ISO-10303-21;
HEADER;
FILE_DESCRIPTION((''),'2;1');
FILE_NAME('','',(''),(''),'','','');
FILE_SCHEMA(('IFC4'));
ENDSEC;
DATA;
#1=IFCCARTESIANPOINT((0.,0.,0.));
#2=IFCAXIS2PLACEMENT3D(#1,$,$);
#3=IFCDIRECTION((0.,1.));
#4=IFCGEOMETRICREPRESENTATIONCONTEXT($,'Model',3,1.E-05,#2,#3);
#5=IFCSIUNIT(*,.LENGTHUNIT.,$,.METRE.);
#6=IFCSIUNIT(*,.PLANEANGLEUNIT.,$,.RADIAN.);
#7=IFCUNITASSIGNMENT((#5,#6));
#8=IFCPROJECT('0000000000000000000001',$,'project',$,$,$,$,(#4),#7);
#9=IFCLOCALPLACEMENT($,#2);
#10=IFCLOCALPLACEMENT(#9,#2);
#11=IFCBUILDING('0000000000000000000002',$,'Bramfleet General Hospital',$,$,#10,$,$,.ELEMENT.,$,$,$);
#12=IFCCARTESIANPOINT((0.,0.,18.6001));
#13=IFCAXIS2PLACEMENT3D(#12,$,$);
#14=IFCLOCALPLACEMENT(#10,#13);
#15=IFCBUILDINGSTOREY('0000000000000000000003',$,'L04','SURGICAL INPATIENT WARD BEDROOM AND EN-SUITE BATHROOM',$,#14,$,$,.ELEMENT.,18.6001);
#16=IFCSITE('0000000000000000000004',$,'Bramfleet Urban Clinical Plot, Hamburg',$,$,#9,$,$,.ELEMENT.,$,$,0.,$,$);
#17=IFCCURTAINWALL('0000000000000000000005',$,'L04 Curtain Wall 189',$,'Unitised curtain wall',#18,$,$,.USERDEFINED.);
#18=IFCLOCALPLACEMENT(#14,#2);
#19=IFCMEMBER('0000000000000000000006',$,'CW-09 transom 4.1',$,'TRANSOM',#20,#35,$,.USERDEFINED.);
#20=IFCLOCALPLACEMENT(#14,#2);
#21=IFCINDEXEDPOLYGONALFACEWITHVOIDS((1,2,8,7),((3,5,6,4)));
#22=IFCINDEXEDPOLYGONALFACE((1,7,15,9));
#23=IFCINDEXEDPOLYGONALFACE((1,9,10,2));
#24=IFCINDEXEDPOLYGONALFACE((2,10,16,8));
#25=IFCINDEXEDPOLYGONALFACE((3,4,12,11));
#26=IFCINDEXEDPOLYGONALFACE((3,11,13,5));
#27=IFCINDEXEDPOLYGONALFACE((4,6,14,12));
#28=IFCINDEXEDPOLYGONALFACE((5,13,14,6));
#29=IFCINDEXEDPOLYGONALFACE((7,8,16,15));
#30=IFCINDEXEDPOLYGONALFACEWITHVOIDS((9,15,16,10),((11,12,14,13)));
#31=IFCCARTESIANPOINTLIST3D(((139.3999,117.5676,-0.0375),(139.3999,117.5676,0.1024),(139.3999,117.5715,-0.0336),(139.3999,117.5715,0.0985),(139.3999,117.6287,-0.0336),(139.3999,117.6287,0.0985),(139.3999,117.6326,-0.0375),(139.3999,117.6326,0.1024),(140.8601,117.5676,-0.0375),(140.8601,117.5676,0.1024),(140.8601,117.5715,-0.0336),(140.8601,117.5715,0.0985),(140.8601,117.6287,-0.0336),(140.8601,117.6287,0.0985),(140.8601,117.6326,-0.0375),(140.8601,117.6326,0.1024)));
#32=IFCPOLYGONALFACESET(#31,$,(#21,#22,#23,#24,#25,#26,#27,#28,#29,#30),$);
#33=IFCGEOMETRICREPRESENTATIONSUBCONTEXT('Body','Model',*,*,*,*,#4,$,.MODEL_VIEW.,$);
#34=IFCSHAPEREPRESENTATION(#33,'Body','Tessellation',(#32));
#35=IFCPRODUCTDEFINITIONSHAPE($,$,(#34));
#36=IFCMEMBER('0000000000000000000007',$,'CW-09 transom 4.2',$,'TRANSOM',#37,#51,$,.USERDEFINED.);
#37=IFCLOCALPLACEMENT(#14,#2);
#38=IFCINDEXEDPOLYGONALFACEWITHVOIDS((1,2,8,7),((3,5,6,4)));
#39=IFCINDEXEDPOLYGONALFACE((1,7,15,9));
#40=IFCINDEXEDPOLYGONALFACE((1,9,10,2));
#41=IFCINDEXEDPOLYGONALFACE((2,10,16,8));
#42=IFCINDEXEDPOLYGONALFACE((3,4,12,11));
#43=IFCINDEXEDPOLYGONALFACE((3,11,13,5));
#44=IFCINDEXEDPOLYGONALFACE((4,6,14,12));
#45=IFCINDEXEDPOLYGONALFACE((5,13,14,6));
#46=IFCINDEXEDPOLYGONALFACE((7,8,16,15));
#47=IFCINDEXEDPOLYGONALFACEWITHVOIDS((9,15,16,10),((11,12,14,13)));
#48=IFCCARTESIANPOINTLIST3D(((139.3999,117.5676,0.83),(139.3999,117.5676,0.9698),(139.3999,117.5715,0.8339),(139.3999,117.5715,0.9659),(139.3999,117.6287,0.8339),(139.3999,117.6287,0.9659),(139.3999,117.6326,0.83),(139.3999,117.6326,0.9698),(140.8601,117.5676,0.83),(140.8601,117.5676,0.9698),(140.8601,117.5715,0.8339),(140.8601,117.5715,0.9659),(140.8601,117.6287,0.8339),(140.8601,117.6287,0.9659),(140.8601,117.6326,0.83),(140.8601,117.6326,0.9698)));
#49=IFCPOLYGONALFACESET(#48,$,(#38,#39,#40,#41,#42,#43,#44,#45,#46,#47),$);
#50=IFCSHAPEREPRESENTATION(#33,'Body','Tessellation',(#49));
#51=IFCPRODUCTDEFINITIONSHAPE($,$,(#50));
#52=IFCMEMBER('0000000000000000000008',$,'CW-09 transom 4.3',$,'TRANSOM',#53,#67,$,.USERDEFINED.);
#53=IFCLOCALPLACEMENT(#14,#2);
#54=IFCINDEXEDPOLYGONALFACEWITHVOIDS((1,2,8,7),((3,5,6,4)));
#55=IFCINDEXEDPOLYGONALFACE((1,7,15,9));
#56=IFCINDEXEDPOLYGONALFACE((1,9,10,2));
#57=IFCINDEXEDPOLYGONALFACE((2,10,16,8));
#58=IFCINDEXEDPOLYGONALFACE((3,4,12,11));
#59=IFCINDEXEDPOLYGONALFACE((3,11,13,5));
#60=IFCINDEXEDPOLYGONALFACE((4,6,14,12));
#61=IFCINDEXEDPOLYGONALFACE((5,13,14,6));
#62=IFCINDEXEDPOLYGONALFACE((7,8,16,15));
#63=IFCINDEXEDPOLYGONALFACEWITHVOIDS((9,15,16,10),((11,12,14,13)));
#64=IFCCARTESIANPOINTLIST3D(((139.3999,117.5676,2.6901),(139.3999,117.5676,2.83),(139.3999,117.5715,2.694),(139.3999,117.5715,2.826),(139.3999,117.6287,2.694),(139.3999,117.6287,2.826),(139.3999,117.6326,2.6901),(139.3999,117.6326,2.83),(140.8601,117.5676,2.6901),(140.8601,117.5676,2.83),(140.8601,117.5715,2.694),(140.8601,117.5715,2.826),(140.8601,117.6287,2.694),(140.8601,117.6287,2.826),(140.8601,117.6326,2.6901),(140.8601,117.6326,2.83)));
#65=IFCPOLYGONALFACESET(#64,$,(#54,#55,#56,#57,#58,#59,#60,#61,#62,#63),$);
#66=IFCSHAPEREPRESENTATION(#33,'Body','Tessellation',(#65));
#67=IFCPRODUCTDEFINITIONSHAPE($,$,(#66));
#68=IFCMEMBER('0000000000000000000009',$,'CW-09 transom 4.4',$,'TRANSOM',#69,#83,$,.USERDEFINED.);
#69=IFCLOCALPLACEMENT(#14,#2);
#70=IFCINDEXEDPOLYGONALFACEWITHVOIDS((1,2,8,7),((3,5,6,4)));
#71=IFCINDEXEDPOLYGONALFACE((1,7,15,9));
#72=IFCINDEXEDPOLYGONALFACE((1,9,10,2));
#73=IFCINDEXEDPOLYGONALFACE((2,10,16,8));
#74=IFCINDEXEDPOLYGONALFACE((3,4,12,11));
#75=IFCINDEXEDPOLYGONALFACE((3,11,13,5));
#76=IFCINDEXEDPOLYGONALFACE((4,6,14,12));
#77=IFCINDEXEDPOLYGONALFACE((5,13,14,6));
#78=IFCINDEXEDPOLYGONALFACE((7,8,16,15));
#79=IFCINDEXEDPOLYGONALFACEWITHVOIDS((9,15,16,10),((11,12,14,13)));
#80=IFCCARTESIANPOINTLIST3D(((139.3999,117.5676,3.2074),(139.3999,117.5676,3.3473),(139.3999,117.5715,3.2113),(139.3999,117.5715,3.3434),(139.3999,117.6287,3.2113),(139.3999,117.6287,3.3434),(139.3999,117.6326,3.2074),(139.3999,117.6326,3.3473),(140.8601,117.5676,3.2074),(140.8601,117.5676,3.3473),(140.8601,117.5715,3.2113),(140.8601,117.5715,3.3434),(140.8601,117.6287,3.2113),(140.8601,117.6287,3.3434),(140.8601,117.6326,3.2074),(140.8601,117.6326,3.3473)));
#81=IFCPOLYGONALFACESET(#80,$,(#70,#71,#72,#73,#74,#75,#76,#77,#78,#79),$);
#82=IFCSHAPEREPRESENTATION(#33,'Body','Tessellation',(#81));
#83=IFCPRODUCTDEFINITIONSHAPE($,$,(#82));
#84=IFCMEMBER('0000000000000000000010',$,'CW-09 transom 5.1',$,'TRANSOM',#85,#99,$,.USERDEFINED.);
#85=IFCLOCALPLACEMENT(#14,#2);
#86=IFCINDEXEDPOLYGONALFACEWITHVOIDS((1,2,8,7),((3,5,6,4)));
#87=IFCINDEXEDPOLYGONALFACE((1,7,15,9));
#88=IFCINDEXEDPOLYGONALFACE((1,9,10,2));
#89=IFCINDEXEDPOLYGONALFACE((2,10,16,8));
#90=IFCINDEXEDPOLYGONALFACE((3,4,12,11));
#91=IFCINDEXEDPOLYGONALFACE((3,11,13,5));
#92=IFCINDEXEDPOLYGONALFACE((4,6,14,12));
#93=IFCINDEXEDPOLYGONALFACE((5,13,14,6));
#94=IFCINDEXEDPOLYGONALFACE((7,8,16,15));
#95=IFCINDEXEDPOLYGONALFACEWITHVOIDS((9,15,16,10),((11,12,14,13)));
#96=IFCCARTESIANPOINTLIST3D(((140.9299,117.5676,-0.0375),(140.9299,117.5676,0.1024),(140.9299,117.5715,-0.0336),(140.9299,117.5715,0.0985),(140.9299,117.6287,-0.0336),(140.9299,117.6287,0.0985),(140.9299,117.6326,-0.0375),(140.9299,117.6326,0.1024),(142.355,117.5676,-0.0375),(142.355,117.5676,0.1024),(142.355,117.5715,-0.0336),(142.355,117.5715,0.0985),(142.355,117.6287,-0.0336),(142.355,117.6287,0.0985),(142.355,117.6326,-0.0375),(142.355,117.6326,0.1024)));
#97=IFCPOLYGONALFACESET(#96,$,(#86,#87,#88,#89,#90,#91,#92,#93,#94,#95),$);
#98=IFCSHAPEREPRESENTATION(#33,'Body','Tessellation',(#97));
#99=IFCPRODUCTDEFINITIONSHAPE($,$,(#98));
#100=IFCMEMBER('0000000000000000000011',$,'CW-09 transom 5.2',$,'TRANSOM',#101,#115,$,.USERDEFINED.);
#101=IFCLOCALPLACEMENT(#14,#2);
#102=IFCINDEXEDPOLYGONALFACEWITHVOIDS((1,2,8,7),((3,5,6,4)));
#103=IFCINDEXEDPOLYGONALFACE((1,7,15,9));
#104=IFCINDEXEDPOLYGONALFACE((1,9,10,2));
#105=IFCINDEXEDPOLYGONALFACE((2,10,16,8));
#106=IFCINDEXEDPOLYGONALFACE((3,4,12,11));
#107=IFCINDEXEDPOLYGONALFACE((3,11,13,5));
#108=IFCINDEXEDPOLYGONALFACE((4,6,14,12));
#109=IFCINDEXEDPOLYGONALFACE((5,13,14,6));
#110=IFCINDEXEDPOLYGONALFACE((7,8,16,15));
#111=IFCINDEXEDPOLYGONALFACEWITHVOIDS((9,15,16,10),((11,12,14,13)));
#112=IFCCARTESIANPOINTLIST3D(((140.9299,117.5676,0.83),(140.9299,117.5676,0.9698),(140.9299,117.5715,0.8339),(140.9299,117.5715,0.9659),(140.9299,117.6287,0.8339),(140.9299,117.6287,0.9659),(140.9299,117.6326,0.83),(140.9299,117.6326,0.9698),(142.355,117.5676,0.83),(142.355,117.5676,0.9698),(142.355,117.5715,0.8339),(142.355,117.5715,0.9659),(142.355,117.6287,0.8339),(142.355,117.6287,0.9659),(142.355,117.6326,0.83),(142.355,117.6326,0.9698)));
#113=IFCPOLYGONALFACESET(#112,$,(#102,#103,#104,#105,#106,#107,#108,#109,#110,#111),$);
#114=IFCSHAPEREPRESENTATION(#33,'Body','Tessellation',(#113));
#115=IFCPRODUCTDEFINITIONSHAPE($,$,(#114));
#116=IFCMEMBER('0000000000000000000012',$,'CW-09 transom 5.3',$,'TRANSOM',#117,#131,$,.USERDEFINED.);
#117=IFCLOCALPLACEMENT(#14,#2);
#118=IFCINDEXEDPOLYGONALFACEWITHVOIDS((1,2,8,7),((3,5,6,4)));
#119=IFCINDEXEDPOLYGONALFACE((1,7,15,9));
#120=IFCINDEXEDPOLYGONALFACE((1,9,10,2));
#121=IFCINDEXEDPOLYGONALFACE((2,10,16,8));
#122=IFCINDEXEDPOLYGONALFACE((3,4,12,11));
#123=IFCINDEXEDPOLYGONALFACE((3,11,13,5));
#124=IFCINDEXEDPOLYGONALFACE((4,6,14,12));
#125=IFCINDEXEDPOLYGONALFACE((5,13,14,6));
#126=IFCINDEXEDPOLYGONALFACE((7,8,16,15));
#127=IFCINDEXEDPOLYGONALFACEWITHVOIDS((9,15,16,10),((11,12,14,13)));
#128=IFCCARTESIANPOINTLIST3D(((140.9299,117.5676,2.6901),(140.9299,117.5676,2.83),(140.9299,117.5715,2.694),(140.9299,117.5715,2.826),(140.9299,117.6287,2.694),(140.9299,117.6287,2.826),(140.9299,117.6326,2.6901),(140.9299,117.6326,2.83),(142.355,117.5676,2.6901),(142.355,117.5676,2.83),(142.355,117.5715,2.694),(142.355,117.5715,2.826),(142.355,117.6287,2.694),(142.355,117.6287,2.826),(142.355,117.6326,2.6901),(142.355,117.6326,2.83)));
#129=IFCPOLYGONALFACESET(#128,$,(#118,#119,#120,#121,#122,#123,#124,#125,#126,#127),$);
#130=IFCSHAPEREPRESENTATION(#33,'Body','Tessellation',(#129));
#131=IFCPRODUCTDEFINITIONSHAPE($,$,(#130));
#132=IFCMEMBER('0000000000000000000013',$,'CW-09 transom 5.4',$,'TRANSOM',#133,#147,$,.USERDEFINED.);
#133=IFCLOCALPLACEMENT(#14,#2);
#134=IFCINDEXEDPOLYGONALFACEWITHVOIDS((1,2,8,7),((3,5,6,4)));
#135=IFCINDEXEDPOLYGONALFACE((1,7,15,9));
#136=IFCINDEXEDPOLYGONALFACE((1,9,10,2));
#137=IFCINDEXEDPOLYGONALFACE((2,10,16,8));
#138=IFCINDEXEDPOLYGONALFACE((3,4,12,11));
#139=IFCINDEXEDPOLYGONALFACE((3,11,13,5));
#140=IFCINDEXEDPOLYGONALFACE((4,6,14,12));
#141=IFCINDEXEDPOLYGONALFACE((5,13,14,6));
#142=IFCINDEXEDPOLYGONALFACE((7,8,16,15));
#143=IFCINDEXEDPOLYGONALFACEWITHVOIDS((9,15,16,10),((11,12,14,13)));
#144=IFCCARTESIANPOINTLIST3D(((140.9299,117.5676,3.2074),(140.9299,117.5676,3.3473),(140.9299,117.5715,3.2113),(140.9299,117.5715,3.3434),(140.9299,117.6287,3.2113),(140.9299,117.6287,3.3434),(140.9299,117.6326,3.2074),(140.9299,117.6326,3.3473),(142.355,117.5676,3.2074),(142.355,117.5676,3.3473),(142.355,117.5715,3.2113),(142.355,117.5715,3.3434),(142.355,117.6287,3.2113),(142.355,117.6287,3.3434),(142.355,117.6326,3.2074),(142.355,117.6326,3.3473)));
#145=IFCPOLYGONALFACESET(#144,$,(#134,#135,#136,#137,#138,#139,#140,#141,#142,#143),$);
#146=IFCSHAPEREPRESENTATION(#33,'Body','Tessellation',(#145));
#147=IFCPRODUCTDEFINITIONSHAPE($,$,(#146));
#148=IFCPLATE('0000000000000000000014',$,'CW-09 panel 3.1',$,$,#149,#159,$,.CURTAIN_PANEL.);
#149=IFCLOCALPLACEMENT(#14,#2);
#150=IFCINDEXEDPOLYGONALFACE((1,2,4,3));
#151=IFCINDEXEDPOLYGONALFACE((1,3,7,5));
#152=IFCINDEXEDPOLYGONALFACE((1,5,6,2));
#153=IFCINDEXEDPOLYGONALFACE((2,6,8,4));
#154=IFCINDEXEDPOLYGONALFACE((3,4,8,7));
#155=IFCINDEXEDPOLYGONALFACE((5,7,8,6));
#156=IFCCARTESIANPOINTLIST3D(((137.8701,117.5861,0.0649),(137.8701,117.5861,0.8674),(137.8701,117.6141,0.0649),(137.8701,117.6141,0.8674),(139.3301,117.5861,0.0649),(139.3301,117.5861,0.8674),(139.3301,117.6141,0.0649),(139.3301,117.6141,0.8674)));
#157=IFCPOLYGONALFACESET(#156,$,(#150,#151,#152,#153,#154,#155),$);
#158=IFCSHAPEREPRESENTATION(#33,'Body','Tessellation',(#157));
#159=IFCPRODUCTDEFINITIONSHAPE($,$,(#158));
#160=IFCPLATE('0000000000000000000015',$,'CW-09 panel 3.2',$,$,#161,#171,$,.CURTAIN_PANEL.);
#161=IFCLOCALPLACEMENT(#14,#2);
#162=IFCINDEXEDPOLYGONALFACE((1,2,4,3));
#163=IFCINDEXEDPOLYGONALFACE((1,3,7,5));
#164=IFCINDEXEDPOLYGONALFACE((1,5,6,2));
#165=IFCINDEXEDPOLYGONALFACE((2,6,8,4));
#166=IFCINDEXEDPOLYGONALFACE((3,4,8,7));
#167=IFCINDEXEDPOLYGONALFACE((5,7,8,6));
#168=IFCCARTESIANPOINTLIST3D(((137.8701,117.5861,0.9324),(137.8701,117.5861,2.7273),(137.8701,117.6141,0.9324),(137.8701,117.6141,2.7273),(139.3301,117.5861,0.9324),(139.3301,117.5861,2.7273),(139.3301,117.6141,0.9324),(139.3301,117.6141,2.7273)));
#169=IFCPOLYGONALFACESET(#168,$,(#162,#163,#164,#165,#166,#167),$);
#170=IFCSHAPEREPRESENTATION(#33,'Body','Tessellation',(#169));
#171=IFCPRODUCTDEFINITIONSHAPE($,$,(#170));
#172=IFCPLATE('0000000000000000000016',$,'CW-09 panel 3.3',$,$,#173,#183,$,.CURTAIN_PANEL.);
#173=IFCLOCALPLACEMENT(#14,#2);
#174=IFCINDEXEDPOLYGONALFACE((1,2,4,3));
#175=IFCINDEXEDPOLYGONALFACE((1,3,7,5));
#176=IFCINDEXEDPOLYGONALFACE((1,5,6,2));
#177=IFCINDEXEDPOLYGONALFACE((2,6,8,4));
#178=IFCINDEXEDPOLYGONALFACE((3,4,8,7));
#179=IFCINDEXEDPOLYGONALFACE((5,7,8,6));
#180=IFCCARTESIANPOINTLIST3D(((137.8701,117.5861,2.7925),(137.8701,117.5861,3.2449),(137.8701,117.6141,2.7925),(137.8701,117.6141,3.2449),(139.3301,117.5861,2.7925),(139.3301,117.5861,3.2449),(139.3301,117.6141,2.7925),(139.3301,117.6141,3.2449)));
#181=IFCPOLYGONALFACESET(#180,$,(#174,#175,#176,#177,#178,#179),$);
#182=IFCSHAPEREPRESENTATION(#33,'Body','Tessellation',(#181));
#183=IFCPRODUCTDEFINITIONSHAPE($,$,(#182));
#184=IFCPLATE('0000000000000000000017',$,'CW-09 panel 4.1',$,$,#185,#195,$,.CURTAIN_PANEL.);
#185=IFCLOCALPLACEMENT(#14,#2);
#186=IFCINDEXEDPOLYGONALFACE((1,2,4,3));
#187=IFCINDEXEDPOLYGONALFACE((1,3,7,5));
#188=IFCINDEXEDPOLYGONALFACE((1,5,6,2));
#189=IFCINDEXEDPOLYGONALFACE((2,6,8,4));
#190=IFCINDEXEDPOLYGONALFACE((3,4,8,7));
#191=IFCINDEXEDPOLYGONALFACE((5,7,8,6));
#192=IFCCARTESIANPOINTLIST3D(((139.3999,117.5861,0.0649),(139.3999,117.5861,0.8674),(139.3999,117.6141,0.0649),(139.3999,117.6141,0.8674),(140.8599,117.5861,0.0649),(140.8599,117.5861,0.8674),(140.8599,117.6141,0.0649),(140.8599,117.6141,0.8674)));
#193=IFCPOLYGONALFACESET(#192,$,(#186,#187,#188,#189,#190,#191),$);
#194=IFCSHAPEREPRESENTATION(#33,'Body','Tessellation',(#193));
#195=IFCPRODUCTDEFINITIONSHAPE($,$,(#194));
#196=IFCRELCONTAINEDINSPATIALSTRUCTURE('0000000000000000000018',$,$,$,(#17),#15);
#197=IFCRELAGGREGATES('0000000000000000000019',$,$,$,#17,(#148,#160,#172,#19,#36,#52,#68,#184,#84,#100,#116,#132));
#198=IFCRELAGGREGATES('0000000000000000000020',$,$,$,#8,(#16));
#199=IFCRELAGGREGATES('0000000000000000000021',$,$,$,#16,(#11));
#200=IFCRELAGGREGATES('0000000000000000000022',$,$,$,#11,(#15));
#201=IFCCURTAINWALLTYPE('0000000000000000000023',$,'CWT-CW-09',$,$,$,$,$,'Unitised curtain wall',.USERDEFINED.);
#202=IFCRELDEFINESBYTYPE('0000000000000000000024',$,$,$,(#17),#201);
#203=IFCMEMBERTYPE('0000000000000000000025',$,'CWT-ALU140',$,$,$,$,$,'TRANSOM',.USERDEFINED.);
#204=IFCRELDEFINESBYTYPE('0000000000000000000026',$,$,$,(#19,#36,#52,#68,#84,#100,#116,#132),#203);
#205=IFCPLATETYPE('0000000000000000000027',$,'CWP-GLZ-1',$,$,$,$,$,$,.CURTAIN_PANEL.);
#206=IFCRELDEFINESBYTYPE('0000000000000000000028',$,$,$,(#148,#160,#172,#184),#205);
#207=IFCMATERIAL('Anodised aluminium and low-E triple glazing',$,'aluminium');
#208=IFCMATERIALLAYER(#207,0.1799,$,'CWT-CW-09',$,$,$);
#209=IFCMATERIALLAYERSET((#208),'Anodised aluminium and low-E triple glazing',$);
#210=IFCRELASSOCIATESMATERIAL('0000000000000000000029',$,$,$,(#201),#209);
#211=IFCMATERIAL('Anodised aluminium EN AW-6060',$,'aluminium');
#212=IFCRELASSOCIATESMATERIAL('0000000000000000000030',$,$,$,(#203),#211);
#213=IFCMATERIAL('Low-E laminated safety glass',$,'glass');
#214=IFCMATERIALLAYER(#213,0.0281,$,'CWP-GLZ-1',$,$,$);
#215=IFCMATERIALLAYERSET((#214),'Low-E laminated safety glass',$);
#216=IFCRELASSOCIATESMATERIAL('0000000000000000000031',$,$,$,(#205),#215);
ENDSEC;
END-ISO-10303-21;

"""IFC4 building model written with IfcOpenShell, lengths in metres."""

from ifc_helpers import new_model, si_unit, direction, frame, origin, origin_2d, place, context, subcontext, project, spatial, rectangle, hollow_rectangle, extrude, material, layer, layer_set, material_profile, profile_set, type_object, element, aggregate, save


model = new_model("IFC4")

# Units and contexts
model_context = context("Model", 3, precision=1e-05, world=origin(), true_north=direction((0.0, 1.0)))
body_context = subcontext(model_context, "Body", "Model", "MODEL_VIEW")
ifc_project = project(units=[si_unit("LENGTHUNIT", "METRE"), si_unit("PLANEANGLEUNIT", "RADIAN")], contexts=[model_context])

# Site, building, storey
site_placement = place(None, origin())
site = spatial("IfcSite", under=ifc_project, at=site_placement, Name="Bramfleet Urban Clinical Plot, Hamburg", CompositionType="ELEMENT", RefElevation=0.0)
building_placement = place(site_placement, origin())
building = spatial("IfcBuilding", under=site, at=building_placement, Name="Bramfleet General Hospital", CompositionType="ELEMENT")
storey_placement = place(building_placement, frame((0.0, 0.0, 18.6001)))
storey = spatial("IfcBuildingStorey", under=building, at=storey_placement, Name="L04", Description="SURGICAL INPATIENT WARD BEDROOM AND EN-SUITE BATHROOM", CompositionType="ELEMENT", Elevation=18.6001)

# Curtain wall, members, plates
ifc_material_1 = material(Name="Anodised aluminium and low-E triple glazing", Category="aluminium")
ifc_layer_1 = layer(ifc_material_1, 0.1799, Name="CWT-CW-09")
ifc_layer_set_1 = layer_set([ifc_layer_1], Name="Anodised aluminium and low-E triple glazing")
curtain_wall_type = type_object("IfcCurtainWallType", Name="CWT-CW-09", ElementType="Unitised curtain wall", PredefinedType="USERDEFINED", material=ifc_layer_set_1)
curtain_wall_placement = place(storey_placement, origin())
curtain_wall = element("IfcCurtainWall", 1, at=curtain_wall_placement, inside=storey, type_object=curtain_wall_type, Name="L04 Curtain Wall 189", ObjectType="Unitised curtain wall", PredefinedType="USERDEFINED")
ifc_material_2 = material(Name="Anodised aluminium EN AW-6060", Category="aluminium")
ifc_material_profile_1 = material_profile(ifc_material_2, hollow_rectangle(XDim=0.0649, YDim=0.1399, WallThickness=0.0039, at=origin_2d()), Name="ALU 140x65x4.0")
ifc_profile_set_1 = profile_set([ifc_material_profile_1], Name="Anodised aluminium EN AW-6060")
member_type_1 = type_object("IfcMemberType", Name="CWT-ALU140", ElementType="TRANSOM", PredefinedType="USERDEFINED", material=ifc_profile_set_1)
member_1_placement = place(storey_placement, frame((139.3999, 117.6001, 0.0325), z_axis=(1.0, 0.0, 0.0), x_axis=(0.0, 1.0, 0.0)))
member_1 = element("IfcMember", 2, at=member_1_placement, type_object=member_type_1, Name="CW-09 transom 4.1", ObjectType="TRANSOM", PredefinedType="USERDEFINED", context=body_context, shape_type="SweptSolid", body=[
    extrude(hollow_rectangle(XDim=0.0649, YDim=0.1399, WallThickness=0.0039, at=origin_2d()), origin(), (0.0, 0.0, 1.0), 1.4602),
])
member_2_placement = place(storey_placement, frame((139.3999, 117.6001, 0.8999), z_axis=(1.0, 0.0, 0.0), x_axis=(0.0, 1.0, 0.0)))
member_2 = element("IfcMember", 3, at=member_2_placement, type_object=member_type_1, Name="CW-09 transom 4.2", ObjectType="TRANSOM", PredefinedType="USERDEFINED", context=body_context, shape_type="SweptSolid", body=[
    extrude(hollow_rectangle(XDim=0.0649, YDim=0.1399, WallThickness=0.0039, at=origin_2d()), origin(), (0.0, 0.0, 1.0), 1.4602),
])
member_3_placement = place(storey_placement, frame((139.3999, 117.6001, 2.76), z_axis=(1.0, 0.0, 0.0), x_axis=(0.0, 1.0, 0.0)))
member_3 = element("IfcMember", 4, at=member_3_placement, type_object=member_type_1, Name="CW-09 transom 4.3", ObjectType="TRANSOM", PredefinedType="USERDEFINED", context=body_context, shape_type="SweptSolid", body=[
    extrude(hollow_rectangle(XDim=0.0649, YDim=0.1399, WallThickness=0.0039, at=origin_2d()), origin(), (0.0, 0.0, 1.0), 1.4602),
])
member_4_placement = place(storey_placement, frame((139.3999, 117.6001, 3.2773), z_axis=(1.0, 0.0, 0.0), x_axis=(0.0, 1.0, 0.0)))
member_4 = element("IfcMember", 5, at=member_4_placement, type_object=member_type_1, Name="CW-09 transom 4.4", ObjectType="TRANSOM", PredefinedType="USERDEFINED", context=body_context, shape_type="SweptSolid", body=[
    extrude(hollow_rectangle(XDim=0.0649, YDim=0.1399, WallThickness=0.0039, at=origin_2d()), origin(), (0.0, 0.0, 1.0), 1.4602),
])
member_5_placement = place(storey_placement, frame((140.9299, 117.6001, 0.0325), z_axis=(1.0, 0.0, 0.0), x_axis=(0.0, 1.0, 0.0)))
member_5 = element("IfcMember", 6, at=member_5_placement, type_object=member_type_1, Name="CW-09 transom 5.1", ObjectType="TRANSOM", PredefinedType="USERDEFINED", context=body_context, shape_type="SweptSolid", body=[
    extrude(hollow_rectangle(XDim=0.0649, YDim=0.1399, WallThickness=0.0039, at=origin_2d()), origin(), (0.0, 0.0, 1.0), 1.425),
])
member_6_placement = place(storey_placement, frame((140.9299, 117.6001, 0.8999), z_axis=(1.0, 0.0, 0.0), x_axis=(0.0, 1.0, 0.0)))
member_6 = element("IfcMember", 7, at=member_6_placement, type_object=member_type_1, Name="CW-09 transom 5.2", ObjectType="TRANSOM", PredefinedType="USERDEFINED", context=body_context, shape_type="SweptSolid", body=[
    extrude(hollow_rectangle(XDim=0.0649, YDim=0.1399, WallThickness=0.0039, at=origin_2d()), origin(), (0.0, 0.0, 1.0), 1.425),
])
member_7_placement = place(storey_placement, frame((140.9299, 117.6001, 2.76), z_axis=(1.0, 0.0, 0.0), x_axis=(0.0, 1.0, 0.0)))
member_7 = element("IfcMember", 8, at=member_7_placement, type_object=member_type_1, Name="CW-09 transom 5.3", ObjectType="TRANSOM", PredefinedType="USERDEFINED", context=body_context, shape_type="SweptSolid", body=[
    extrude(hollow_rectangle(XDim=0.0649, YDim=0.1399, WallThickness=0.0039, at=origin_2d()), origin(), (0.0, 0.0, 1.0), 1.425),
])
member_8_placement = place(storey_placement, frame((140.9299, 117.6001, 3.2773), z_axis=(1.0, 0.0, 0.0), x_axis=(0.0, 1.0, 0.0)))
member_8 = element("IfcMember", 9, at=member_8_placement, type_object=member_type_1, Name="CW-09 transom 5.4", ObjectType="TRANSOM", PredefinedType="USERDEFINED", context=body_context, shape_type="SweptSolid", body=[
    extrude(hollow_rectangle(XDim=0.0649, YDim=0.1399, WallThickness=0.0039, at=origin_2d()), origin(), (0.0, 0.0, 1.0), 1.425),
])
ifc_material_3 = material(Name="Low-E laminated safety glass", Category="glass")
ifc_layer_2 = layer(ifc_material_3, 0.0281, Name="CWP-GLZ-1")
ifc_layer_set_2 = layer_set([ifc_layer_2], Name="Low-E laminated safety glass")
plate_type = type_object("IfcPlateType", Name="CWP-GLZ-1", PredefinedType="CURTAIN_PANEL", material=ifc_layer_set_2)
plate_1_placement = place(storey_placement, frame((138.6001, 117.6001, 0.0649), z_axis=(0.0, 0.0, 1.0), x_axis=(1.0, 0.0, 0.0)))
plate_1 = element("IfcPlate", 10, at=plate_1_placement, type_object=plate_type, Name="CW-09 panel 3.1", PredefinedType="CURTAIN_PANEL", context=body_context, shape_type="SweptSolid", body=[
    extrude(rectangle(XDim=1.46, YDim=0.0281, at=origin_2d()), origin(), (0.0, 0.0, 1.0), 0.8025),
])
plate_2_placement = place(storey_placement, frame((138.6001, 117.6001, 0.9324), z_axis=(0.0, 0.0, 1.0), x_axis=(1.0, 0.0, 0.0)))
plate_2 = element("IfcPlate", 11, at=plate_2_placement, type_object=plate_type, Name="CW-09 panel 3.2", PredefinedType="CURTAIN_PANEL", context=body_context, shape_type="SweptSolid", body=[
    extrude(rectangle(XDim=1.46, YDim=0.0281, at=origin_2d()), origin(), (0.0, 0.0, 1.0), 1.7949),
])
plate_3_placement = place(storey_placement, frame((138.6001, 117.6001, 2.7925), z_axis=(0.0, 0.0, 1.0), x_axis=(1.0, 0.0, 0.0)))
plate_3 = element("IfcPlate", 12, at=plate_3_placement, type_object=plate_type, Name="CW-09 panel 3.3", PredefinedType="CURTAIN_PANEL", context=body_context, shape_type="SweptSolid", body=[
    extrude(rectangle(XDim=1.46, YDim=0.0281, at=origin_2d()), origin(), (0.0, 0.0, 1.0), 0.4524),
])
plate_4_placement = place(storey_placement, frame((140.1299, 117.6001, 0.0649), z_axis=(0.0, 0.0, 1.0), x_axis=(1.0, 0.0, 0.0)))
plate_4 = element("IfcPlate", 13, at=plate_4_placement, type_object=plate_type, Name="CW-09 panel 4.1", PredefinedType="CURTAIN_PANEL", context=body_context, shape_type="SweptSolid", body=[
    extrude(rectangle(XDim=1.46, YDim=0.0281, at=origin_2d()), origin(), (0.0, 0.0, 1.0), 0.8025),
])
aggregate(curtain_wall, [plate_1, plate_2, plate_3, member_1, member_2, member_3, member_4, plate_4, member_5, member_6, member_7, member_8])

save(model, "model.ifc")
